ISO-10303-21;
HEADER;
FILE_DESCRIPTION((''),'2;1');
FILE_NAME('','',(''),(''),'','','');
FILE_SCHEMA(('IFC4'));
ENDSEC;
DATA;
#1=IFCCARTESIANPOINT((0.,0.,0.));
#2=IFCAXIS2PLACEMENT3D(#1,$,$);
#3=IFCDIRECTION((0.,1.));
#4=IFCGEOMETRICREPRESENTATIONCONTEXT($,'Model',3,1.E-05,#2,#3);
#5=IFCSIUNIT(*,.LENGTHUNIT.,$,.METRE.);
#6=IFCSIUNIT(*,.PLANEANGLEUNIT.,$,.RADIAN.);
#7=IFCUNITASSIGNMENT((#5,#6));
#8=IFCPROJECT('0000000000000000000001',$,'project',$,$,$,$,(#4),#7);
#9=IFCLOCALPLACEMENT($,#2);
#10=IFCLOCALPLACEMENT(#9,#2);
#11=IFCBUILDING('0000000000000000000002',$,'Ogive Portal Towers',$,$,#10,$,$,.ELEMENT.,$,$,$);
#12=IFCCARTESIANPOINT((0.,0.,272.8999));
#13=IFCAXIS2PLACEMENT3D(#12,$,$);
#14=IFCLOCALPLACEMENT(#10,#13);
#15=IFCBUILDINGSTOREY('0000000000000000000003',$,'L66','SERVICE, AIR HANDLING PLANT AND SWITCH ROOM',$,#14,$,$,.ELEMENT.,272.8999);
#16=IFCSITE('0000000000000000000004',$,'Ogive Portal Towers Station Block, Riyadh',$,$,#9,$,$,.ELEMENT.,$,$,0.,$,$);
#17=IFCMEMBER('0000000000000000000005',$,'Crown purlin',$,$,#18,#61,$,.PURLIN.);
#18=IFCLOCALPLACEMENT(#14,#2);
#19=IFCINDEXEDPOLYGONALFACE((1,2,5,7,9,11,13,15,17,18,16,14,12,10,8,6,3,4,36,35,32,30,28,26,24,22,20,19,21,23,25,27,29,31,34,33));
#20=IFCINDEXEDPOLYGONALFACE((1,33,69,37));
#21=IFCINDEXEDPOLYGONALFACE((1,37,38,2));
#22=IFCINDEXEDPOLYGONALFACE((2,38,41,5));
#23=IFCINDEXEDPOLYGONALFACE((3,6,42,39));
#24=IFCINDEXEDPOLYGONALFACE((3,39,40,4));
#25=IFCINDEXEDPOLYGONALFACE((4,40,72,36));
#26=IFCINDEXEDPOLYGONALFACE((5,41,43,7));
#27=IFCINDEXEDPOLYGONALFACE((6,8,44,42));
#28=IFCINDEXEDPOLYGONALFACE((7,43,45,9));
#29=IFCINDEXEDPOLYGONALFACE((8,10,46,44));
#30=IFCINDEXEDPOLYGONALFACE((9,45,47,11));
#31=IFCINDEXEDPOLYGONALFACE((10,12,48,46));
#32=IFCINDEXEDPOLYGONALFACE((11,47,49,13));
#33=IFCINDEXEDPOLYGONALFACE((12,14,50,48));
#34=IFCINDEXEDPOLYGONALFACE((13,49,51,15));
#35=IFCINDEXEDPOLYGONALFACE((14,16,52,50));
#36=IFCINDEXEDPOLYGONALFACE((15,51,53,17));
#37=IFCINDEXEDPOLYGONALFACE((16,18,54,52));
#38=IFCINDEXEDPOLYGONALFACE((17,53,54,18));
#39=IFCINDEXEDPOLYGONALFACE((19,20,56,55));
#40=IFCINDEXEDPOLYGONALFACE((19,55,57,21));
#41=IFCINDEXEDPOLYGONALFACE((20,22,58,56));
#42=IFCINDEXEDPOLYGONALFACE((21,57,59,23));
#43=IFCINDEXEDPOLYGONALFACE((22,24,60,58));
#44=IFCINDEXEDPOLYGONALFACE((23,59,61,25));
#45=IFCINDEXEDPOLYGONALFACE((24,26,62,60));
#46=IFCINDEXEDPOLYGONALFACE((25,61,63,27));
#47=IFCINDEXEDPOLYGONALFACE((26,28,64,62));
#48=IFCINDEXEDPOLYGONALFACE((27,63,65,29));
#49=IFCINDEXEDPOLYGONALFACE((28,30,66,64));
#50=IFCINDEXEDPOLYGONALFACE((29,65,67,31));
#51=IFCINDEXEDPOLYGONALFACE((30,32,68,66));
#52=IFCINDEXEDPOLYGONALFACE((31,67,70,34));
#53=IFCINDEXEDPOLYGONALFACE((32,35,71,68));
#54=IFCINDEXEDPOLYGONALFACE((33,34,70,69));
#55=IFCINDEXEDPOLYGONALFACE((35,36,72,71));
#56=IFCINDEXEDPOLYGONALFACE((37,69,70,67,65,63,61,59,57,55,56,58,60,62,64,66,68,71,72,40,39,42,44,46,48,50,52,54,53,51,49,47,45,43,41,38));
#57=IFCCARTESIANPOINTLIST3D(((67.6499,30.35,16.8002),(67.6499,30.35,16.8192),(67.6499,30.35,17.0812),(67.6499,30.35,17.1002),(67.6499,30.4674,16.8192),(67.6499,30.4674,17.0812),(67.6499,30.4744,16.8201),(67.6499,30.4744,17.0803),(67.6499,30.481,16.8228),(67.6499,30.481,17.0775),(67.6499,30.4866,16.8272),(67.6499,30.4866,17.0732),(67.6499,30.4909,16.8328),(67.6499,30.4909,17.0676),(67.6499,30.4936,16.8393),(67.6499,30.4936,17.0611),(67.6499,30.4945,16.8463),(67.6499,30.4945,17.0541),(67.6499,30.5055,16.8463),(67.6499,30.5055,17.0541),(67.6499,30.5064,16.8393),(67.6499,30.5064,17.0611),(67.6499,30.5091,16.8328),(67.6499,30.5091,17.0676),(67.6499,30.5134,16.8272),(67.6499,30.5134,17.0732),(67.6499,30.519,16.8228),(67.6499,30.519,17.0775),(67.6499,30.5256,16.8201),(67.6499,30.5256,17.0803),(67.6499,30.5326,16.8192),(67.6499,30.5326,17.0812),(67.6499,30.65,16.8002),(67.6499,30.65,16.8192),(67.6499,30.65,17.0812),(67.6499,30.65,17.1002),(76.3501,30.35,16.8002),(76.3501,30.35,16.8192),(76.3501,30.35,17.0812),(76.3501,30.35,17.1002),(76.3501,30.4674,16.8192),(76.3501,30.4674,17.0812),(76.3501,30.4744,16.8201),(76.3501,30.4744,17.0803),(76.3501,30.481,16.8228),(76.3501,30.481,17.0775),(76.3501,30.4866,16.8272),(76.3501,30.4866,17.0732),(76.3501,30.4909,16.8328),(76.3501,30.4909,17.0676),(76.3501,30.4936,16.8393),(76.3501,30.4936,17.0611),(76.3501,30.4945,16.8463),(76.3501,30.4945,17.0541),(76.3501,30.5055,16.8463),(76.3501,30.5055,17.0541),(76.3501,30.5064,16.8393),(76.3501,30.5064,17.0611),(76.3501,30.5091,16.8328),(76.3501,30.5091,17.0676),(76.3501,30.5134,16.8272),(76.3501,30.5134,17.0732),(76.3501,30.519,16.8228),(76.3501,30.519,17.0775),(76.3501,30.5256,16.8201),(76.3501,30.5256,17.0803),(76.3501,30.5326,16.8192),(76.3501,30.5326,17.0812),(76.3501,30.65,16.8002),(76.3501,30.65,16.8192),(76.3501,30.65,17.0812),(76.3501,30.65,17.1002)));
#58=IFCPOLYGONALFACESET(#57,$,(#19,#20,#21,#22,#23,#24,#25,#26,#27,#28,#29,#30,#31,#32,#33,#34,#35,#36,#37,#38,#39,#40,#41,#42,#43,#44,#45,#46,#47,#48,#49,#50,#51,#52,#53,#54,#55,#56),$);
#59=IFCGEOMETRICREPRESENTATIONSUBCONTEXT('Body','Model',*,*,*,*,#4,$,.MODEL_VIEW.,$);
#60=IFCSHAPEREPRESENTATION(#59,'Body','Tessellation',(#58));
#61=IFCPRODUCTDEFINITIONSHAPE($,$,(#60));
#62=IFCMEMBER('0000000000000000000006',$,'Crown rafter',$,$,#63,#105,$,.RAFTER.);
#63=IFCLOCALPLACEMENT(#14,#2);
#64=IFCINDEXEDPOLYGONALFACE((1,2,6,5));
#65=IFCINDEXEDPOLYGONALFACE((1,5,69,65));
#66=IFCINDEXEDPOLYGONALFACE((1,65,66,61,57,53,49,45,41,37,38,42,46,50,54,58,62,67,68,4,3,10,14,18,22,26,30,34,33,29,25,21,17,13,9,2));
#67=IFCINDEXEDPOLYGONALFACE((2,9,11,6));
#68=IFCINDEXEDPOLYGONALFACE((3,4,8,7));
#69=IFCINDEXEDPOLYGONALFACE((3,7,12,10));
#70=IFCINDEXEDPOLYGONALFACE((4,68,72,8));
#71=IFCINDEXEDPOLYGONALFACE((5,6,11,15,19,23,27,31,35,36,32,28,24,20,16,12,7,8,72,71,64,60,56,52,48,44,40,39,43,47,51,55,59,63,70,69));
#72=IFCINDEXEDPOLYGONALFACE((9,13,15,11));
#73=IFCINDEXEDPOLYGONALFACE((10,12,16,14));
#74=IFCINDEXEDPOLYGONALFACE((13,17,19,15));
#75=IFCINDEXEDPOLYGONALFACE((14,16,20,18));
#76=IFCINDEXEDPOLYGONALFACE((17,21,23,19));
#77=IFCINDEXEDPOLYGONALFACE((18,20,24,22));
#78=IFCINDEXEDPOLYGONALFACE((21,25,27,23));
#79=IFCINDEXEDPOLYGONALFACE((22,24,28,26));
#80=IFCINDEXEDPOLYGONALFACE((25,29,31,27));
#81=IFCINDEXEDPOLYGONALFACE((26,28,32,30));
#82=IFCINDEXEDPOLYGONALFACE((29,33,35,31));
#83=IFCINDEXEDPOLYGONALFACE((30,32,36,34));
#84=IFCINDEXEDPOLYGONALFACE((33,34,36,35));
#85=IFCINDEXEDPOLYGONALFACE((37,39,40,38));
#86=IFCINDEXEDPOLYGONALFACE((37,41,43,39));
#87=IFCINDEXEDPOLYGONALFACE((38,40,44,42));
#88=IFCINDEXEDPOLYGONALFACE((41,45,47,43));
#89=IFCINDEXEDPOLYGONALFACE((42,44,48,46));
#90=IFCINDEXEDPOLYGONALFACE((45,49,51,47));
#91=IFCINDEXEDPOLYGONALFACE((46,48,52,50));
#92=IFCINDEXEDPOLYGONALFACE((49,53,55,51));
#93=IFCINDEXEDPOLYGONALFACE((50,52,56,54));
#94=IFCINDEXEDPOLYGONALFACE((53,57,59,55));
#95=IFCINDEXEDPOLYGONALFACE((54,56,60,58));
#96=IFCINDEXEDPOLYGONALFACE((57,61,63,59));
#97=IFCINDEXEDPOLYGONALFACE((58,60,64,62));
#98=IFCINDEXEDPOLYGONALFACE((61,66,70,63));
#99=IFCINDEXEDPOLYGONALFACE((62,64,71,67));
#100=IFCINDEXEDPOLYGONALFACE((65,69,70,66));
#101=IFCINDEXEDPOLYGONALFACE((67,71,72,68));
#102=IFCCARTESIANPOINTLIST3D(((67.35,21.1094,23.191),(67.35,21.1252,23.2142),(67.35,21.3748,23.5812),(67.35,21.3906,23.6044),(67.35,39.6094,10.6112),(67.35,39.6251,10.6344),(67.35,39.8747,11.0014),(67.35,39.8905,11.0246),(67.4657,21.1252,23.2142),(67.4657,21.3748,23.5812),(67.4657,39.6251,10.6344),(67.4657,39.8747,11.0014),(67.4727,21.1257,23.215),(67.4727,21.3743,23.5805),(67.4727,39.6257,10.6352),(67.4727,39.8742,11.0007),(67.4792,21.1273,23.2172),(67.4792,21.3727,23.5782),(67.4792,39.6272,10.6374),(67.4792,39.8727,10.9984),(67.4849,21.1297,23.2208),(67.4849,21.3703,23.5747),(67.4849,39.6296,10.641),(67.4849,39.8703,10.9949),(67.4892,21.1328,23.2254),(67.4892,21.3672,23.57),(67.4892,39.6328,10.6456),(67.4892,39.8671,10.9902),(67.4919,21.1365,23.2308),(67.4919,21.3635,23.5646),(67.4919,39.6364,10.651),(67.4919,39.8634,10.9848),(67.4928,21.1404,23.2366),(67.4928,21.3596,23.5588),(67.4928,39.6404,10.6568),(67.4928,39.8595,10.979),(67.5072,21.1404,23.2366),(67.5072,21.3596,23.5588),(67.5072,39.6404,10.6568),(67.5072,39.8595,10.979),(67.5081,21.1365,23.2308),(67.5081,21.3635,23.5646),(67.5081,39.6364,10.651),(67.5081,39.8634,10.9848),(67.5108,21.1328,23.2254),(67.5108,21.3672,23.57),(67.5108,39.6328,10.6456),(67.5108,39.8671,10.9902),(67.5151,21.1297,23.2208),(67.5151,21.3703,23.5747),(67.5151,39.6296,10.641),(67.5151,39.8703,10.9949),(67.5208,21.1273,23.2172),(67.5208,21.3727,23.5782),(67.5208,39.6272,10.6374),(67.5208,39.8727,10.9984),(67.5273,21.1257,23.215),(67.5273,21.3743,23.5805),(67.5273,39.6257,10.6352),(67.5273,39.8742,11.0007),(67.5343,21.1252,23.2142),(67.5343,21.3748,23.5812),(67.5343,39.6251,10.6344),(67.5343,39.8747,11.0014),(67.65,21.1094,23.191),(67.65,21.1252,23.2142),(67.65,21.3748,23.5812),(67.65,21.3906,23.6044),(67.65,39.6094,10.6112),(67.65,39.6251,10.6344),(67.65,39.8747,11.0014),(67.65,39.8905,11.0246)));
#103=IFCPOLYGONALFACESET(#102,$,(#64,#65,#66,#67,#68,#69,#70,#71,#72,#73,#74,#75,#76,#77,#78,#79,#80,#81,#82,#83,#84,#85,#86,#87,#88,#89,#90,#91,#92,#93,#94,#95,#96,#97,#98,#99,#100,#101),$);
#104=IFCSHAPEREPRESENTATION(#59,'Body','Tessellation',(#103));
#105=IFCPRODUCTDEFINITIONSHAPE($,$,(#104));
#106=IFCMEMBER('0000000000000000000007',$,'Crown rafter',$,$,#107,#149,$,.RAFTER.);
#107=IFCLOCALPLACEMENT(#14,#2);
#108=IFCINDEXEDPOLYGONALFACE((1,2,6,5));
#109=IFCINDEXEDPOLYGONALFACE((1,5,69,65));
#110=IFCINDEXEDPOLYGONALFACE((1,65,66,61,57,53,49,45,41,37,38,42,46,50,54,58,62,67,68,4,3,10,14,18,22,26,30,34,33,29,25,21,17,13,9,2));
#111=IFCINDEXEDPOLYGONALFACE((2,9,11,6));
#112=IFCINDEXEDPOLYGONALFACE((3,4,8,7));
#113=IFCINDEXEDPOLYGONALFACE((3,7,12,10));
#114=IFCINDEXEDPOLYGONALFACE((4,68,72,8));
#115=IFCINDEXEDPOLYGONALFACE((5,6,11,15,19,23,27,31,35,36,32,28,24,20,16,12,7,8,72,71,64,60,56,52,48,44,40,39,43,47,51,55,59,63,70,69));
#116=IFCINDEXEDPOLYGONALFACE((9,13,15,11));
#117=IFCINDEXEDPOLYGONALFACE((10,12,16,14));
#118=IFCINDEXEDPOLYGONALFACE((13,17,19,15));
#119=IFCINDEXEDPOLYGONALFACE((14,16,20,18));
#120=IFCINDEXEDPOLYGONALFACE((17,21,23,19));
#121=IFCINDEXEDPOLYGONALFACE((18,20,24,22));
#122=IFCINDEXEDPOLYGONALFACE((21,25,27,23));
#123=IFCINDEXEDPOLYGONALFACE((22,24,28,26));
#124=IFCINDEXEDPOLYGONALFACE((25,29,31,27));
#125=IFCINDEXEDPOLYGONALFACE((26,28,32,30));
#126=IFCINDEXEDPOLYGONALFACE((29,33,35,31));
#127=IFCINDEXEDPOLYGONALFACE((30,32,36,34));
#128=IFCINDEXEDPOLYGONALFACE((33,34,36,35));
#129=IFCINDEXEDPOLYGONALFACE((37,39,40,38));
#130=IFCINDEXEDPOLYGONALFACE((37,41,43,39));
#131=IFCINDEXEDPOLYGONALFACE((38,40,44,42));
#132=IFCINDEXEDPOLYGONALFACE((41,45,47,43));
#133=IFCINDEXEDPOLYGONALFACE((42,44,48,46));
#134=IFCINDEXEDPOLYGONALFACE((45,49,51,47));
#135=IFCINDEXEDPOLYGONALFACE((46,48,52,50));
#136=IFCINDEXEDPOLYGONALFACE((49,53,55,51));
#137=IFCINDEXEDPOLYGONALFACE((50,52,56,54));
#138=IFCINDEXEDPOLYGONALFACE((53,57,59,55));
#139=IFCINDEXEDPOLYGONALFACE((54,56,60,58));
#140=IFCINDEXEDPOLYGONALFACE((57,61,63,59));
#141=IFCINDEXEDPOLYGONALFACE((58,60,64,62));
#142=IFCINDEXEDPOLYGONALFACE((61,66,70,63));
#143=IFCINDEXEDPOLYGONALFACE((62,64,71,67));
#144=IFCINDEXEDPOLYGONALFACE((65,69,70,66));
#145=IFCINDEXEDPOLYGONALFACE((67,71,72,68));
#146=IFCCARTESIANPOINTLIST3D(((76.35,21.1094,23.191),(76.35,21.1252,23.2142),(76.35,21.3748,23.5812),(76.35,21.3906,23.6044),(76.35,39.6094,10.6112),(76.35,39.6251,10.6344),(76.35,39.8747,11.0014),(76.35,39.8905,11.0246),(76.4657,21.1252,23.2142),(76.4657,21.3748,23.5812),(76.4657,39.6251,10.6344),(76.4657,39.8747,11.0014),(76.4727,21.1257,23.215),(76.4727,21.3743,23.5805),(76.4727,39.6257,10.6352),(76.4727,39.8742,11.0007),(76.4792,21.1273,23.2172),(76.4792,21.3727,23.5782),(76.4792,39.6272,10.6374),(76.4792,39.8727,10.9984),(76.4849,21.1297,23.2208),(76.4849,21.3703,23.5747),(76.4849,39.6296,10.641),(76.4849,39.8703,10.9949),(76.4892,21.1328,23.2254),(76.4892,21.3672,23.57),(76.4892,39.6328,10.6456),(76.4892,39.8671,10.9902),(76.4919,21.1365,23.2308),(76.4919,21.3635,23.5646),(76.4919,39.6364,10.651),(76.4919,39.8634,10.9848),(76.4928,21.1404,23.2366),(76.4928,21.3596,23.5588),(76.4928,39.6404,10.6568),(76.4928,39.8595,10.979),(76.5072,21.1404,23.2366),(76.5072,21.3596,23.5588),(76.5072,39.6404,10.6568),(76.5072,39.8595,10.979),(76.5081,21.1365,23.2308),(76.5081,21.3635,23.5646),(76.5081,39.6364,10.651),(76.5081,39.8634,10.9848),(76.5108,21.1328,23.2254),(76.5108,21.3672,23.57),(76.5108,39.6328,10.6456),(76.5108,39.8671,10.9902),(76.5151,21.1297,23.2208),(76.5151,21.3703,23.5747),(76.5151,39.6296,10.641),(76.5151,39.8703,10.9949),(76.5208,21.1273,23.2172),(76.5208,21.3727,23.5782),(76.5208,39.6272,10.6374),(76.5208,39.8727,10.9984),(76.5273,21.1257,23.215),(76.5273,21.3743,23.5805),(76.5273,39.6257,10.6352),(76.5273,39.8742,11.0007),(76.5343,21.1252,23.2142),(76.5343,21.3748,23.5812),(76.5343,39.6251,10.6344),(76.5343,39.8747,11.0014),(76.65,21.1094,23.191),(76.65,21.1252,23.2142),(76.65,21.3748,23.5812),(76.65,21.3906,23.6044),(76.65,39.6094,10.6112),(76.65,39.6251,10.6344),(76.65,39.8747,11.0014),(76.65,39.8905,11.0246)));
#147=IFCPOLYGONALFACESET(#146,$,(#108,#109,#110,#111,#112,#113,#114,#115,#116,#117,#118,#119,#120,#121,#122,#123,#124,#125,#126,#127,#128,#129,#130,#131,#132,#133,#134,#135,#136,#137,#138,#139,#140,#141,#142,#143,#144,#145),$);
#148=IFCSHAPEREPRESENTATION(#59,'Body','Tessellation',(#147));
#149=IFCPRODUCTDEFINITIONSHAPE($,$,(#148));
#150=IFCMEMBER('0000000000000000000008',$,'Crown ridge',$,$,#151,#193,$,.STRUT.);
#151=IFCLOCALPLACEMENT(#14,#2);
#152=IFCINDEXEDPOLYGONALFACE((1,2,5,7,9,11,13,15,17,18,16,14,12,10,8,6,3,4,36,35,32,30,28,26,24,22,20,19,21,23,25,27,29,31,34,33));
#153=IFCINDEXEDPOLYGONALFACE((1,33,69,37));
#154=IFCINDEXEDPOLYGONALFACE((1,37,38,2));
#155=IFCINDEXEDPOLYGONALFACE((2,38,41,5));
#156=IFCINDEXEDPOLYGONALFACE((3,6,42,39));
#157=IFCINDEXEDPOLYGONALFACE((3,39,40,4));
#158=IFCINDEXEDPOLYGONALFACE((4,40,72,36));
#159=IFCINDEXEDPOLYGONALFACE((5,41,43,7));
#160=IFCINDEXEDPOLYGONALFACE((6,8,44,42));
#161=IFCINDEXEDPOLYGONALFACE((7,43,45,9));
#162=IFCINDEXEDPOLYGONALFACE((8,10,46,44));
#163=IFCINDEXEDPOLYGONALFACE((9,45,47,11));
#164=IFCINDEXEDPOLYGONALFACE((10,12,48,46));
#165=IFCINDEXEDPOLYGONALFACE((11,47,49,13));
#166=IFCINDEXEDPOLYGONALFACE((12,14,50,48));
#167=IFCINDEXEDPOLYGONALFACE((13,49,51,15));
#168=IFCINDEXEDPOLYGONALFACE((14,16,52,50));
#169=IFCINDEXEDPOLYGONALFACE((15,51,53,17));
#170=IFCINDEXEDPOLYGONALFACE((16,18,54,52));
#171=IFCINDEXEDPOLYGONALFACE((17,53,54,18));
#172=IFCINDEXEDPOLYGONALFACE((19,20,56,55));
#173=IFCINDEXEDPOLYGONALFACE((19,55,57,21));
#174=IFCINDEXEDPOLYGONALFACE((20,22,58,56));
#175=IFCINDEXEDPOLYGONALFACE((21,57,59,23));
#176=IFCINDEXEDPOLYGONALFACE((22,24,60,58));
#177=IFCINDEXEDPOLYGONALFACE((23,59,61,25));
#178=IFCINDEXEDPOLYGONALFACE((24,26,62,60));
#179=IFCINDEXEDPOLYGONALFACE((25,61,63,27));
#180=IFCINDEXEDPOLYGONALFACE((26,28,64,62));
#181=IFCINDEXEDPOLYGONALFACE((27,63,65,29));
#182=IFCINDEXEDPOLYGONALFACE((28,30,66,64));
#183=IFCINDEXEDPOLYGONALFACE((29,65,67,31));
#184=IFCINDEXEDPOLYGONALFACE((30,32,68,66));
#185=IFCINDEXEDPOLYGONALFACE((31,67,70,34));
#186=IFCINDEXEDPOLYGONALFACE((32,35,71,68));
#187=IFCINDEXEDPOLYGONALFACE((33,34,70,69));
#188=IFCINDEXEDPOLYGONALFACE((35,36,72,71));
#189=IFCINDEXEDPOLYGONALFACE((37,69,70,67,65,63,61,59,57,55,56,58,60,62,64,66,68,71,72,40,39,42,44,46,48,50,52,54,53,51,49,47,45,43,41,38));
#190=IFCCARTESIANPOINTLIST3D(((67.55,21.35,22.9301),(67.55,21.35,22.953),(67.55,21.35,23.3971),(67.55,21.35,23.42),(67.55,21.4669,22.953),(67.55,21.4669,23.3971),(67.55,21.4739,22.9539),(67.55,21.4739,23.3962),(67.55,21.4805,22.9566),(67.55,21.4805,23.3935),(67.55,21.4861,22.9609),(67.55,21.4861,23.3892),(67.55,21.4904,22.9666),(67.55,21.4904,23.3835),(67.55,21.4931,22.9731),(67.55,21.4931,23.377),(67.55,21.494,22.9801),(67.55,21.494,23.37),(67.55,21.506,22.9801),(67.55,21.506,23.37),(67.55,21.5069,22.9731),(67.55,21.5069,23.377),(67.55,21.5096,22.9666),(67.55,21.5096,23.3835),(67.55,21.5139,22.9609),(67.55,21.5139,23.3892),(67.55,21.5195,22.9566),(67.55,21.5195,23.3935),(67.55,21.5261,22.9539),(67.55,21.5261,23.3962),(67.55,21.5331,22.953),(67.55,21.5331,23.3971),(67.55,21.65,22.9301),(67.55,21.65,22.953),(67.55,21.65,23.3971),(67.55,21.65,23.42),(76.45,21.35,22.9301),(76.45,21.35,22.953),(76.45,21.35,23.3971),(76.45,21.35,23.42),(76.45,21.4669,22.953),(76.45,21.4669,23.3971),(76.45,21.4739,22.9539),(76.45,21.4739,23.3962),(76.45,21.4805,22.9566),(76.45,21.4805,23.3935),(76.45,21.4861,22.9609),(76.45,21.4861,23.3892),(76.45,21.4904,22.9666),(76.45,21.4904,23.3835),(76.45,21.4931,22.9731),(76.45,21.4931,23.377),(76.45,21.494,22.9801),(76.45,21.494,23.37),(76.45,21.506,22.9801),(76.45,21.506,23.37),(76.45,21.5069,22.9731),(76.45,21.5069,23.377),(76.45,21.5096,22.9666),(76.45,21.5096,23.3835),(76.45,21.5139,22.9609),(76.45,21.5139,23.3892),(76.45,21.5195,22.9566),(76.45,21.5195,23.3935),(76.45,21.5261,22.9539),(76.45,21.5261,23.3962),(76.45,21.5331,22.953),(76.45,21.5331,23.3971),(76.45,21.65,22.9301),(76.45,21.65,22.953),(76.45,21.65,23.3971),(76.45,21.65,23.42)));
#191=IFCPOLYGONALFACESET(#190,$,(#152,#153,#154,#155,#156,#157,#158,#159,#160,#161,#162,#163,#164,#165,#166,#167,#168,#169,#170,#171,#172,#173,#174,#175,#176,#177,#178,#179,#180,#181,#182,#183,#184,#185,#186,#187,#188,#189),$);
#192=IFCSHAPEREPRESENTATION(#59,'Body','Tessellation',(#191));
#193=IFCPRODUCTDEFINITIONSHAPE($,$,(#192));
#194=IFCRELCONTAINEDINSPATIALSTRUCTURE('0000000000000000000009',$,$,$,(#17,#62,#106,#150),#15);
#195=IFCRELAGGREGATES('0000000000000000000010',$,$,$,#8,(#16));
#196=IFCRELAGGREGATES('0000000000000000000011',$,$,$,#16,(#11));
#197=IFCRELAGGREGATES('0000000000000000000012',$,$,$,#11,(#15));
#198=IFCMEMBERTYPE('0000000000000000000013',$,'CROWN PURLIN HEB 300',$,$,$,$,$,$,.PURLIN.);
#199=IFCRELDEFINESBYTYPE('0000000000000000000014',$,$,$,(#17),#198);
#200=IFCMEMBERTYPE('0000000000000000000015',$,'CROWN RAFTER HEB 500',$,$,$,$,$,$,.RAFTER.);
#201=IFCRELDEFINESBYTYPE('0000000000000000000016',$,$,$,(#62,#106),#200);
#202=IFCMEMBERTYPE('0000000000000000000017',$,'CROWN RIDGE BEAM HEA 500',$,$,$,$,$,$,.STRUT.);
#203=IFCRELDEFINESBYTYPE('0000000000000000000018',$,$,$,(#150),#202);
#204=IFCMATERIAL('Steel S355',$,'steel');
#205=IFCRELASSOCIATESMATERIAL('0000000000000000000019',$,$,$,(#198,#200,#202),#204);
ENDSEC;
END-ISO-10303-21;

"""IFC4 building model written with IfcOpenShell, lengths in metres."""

from ifc_helpers import new_model, si_unit, direction, frame, origin, origin_2d, place, context, subcontext, project, spatial, i_section, extrude, material, material_profile, profile_set, type_object, element, save


model = new_model("IFC4")

# Units and contexts
model_context = context("Model", 3, precision=1e-05, world=origin(), true_north=direction((0.0, 1.0)))
body_context = subcontext(model_context, "Body", "Model", "MODEL_VIEW")
ifc_project = project(units=[si_unit("LENGTHUNIT", "METRE"), si_unit("PLANEANGLEUNIT", "RADIAN")], contexts=[model_context])

# Site, building, storey
site_placement = place(None, origin())
site = spatial("IfcSite", under=ifc_project, at=site_placement, Name="Ogive Portal Towers Station Block, Riyadh", CompositionType="ELEMENT", RefElevation=0.0)
building_placement = place(site_placement, origin())
building = spatial("IfcBuilding", under=site, at=building_placement, Name="Ogive Portal Towers", CompositionType="ELEMENT")
storey_placement = place(building_placement, frame((0.0, 0.0, 272.8999)))
storey = spatial("IfcBuildingStorey", under=building, at=storey_placement, Name="L66", Description="SERVICE, AIR HANDLING PLANT AND SWITCH ROOM", CompositionType="ELEMENT", Elevation=272.8999)

# Members
ifc_material_1 = material(Name="Steel S355", Category="steel")
ifc_material_profile_1 = material_profile(ifc_material_1, i_section(OverallWidth=0.3, OverallDepth=0.3, WebThickness=0.011, FlangeThickness=0.019, FilletRadius=0.0271, at=origin_2d()), Name="HEB 300")
ifc_profile_set_1 = profile_set([ifc_material_profile_1], Name="Steel S355")
member_type_1 = type_object("IfcMemberType", Name="CROWN PURLIN HEB 300", PredefinedType="PURLIN", material=ifc_profile_set_1)
member_1_placement = place(storey_placement, frame((67.6499, 30.5, 16.9502), z_axis=(1.0, 0.0, 0.0), x_axis=(0.0, 1.0, 0.0)))
element("IfcMember", 1, at=member_1_placement, inside=storey, type_object=member_type_1, Name="Crown purlin", PredefinedType="PURLIN", context=body_context, shape_type="SweptSolid", body=[
    extrude(i_section(OverallWidth=0.3, OverallDepth=0.3, WebThickness=0.011, FlangeThickness=0.019, FilletRadius=0.0271, at=origin_2d()), origin(), (0.0, 0.0, 1.0), 8.7002),
])
ifc_material_profile_2 = material_profile(ifc_material_1, i_section(OverallWidth=0.3, OverallDepth=0.5, WebThickness=0.0144, FlangeThickness=0.0281, FilletRadius=0.0271, at=origin_2d()), Name="HEB 500")
ifc_profile_set_2 = profile_set([ifc_material_profile_2], Name="Steel S355")
member_type_2 = type_object("IfcMemberType", Name="CROWN RAFTER HEB 500", PredefinedType="RAFTER", material=ifc_profile_set_2)
for number, where, z_axis, x_axis, name in (
    (2, (67.5, 21.25, 23.3977), (0.0, 0.82693, -0.562305), (-1.0, 0.0, 0.0), "Crown rafter"),
    (3, (76.5, 21.25, 23.3977), (0.0, 0.82693, -0.562305), (-1.0, 0.0, 0.0), "Crown rafter"),
):
    element("IfcMember", number, at=place(storey_placement, frame(where, z_axis=z_axis, x_axis=x_axis)), inside=storey, type_object=member_type_2, Name=name, PredefinedType="RAFTER", context=body_context, shape_type="SweptSolid", body=[
        extrude(i_section(OverallWidth=0.3, OverallDepth=0.5, WebThickness=0.0144, FlangeThickness=0.0281, FilletRadius=0.0271, at=origin_2d()), origin(), (0.0, 0.0, 1.0), 22.3718),
    ])
ifc_material_profile_3 = material_profile(ifc_material_1, i_section(OverallWidth=0.3, OverallDepth=0.49, WebThickness=0.012, FlangeThickness=0.0229, FilletRadius=0.0271, at=origin_2d()), Name="HEA 500")
ifc_profile_set_3 = profile_set([ifc_material_profile_3], Name="Steel S355")
member_type_3 = type_object("IfcMemberType", Name="CROWN RIDGE BEAM HEA 500", PredefinedType="STRUT", material=ifc_profile_set_3)
member_2_placement = place(storey_placement, frame((67.55, 21.5, 23.175), z_axis=(1.0, 0.0, 0.0), x_axis=(0.0, 1.0, 0.0)))
element("IfcMember", 4, at=member_2_placement, inside=storey, type_object=member_type_3, Name="Crown ridge", PredefinedType="STRUT", context=body_context, shape_type="SweptSolid", body=[
    extrude(i_section(OverallWidth=0.3, OverallDepth=0.49, WebThickness=0.012, FlangeThickness=0.0229, FilletRadius=0.0271, at=origin_2d()), origin(), (0.0, 0.0, 1.0), 8.8999),
])

save(model, "model.ifc")
